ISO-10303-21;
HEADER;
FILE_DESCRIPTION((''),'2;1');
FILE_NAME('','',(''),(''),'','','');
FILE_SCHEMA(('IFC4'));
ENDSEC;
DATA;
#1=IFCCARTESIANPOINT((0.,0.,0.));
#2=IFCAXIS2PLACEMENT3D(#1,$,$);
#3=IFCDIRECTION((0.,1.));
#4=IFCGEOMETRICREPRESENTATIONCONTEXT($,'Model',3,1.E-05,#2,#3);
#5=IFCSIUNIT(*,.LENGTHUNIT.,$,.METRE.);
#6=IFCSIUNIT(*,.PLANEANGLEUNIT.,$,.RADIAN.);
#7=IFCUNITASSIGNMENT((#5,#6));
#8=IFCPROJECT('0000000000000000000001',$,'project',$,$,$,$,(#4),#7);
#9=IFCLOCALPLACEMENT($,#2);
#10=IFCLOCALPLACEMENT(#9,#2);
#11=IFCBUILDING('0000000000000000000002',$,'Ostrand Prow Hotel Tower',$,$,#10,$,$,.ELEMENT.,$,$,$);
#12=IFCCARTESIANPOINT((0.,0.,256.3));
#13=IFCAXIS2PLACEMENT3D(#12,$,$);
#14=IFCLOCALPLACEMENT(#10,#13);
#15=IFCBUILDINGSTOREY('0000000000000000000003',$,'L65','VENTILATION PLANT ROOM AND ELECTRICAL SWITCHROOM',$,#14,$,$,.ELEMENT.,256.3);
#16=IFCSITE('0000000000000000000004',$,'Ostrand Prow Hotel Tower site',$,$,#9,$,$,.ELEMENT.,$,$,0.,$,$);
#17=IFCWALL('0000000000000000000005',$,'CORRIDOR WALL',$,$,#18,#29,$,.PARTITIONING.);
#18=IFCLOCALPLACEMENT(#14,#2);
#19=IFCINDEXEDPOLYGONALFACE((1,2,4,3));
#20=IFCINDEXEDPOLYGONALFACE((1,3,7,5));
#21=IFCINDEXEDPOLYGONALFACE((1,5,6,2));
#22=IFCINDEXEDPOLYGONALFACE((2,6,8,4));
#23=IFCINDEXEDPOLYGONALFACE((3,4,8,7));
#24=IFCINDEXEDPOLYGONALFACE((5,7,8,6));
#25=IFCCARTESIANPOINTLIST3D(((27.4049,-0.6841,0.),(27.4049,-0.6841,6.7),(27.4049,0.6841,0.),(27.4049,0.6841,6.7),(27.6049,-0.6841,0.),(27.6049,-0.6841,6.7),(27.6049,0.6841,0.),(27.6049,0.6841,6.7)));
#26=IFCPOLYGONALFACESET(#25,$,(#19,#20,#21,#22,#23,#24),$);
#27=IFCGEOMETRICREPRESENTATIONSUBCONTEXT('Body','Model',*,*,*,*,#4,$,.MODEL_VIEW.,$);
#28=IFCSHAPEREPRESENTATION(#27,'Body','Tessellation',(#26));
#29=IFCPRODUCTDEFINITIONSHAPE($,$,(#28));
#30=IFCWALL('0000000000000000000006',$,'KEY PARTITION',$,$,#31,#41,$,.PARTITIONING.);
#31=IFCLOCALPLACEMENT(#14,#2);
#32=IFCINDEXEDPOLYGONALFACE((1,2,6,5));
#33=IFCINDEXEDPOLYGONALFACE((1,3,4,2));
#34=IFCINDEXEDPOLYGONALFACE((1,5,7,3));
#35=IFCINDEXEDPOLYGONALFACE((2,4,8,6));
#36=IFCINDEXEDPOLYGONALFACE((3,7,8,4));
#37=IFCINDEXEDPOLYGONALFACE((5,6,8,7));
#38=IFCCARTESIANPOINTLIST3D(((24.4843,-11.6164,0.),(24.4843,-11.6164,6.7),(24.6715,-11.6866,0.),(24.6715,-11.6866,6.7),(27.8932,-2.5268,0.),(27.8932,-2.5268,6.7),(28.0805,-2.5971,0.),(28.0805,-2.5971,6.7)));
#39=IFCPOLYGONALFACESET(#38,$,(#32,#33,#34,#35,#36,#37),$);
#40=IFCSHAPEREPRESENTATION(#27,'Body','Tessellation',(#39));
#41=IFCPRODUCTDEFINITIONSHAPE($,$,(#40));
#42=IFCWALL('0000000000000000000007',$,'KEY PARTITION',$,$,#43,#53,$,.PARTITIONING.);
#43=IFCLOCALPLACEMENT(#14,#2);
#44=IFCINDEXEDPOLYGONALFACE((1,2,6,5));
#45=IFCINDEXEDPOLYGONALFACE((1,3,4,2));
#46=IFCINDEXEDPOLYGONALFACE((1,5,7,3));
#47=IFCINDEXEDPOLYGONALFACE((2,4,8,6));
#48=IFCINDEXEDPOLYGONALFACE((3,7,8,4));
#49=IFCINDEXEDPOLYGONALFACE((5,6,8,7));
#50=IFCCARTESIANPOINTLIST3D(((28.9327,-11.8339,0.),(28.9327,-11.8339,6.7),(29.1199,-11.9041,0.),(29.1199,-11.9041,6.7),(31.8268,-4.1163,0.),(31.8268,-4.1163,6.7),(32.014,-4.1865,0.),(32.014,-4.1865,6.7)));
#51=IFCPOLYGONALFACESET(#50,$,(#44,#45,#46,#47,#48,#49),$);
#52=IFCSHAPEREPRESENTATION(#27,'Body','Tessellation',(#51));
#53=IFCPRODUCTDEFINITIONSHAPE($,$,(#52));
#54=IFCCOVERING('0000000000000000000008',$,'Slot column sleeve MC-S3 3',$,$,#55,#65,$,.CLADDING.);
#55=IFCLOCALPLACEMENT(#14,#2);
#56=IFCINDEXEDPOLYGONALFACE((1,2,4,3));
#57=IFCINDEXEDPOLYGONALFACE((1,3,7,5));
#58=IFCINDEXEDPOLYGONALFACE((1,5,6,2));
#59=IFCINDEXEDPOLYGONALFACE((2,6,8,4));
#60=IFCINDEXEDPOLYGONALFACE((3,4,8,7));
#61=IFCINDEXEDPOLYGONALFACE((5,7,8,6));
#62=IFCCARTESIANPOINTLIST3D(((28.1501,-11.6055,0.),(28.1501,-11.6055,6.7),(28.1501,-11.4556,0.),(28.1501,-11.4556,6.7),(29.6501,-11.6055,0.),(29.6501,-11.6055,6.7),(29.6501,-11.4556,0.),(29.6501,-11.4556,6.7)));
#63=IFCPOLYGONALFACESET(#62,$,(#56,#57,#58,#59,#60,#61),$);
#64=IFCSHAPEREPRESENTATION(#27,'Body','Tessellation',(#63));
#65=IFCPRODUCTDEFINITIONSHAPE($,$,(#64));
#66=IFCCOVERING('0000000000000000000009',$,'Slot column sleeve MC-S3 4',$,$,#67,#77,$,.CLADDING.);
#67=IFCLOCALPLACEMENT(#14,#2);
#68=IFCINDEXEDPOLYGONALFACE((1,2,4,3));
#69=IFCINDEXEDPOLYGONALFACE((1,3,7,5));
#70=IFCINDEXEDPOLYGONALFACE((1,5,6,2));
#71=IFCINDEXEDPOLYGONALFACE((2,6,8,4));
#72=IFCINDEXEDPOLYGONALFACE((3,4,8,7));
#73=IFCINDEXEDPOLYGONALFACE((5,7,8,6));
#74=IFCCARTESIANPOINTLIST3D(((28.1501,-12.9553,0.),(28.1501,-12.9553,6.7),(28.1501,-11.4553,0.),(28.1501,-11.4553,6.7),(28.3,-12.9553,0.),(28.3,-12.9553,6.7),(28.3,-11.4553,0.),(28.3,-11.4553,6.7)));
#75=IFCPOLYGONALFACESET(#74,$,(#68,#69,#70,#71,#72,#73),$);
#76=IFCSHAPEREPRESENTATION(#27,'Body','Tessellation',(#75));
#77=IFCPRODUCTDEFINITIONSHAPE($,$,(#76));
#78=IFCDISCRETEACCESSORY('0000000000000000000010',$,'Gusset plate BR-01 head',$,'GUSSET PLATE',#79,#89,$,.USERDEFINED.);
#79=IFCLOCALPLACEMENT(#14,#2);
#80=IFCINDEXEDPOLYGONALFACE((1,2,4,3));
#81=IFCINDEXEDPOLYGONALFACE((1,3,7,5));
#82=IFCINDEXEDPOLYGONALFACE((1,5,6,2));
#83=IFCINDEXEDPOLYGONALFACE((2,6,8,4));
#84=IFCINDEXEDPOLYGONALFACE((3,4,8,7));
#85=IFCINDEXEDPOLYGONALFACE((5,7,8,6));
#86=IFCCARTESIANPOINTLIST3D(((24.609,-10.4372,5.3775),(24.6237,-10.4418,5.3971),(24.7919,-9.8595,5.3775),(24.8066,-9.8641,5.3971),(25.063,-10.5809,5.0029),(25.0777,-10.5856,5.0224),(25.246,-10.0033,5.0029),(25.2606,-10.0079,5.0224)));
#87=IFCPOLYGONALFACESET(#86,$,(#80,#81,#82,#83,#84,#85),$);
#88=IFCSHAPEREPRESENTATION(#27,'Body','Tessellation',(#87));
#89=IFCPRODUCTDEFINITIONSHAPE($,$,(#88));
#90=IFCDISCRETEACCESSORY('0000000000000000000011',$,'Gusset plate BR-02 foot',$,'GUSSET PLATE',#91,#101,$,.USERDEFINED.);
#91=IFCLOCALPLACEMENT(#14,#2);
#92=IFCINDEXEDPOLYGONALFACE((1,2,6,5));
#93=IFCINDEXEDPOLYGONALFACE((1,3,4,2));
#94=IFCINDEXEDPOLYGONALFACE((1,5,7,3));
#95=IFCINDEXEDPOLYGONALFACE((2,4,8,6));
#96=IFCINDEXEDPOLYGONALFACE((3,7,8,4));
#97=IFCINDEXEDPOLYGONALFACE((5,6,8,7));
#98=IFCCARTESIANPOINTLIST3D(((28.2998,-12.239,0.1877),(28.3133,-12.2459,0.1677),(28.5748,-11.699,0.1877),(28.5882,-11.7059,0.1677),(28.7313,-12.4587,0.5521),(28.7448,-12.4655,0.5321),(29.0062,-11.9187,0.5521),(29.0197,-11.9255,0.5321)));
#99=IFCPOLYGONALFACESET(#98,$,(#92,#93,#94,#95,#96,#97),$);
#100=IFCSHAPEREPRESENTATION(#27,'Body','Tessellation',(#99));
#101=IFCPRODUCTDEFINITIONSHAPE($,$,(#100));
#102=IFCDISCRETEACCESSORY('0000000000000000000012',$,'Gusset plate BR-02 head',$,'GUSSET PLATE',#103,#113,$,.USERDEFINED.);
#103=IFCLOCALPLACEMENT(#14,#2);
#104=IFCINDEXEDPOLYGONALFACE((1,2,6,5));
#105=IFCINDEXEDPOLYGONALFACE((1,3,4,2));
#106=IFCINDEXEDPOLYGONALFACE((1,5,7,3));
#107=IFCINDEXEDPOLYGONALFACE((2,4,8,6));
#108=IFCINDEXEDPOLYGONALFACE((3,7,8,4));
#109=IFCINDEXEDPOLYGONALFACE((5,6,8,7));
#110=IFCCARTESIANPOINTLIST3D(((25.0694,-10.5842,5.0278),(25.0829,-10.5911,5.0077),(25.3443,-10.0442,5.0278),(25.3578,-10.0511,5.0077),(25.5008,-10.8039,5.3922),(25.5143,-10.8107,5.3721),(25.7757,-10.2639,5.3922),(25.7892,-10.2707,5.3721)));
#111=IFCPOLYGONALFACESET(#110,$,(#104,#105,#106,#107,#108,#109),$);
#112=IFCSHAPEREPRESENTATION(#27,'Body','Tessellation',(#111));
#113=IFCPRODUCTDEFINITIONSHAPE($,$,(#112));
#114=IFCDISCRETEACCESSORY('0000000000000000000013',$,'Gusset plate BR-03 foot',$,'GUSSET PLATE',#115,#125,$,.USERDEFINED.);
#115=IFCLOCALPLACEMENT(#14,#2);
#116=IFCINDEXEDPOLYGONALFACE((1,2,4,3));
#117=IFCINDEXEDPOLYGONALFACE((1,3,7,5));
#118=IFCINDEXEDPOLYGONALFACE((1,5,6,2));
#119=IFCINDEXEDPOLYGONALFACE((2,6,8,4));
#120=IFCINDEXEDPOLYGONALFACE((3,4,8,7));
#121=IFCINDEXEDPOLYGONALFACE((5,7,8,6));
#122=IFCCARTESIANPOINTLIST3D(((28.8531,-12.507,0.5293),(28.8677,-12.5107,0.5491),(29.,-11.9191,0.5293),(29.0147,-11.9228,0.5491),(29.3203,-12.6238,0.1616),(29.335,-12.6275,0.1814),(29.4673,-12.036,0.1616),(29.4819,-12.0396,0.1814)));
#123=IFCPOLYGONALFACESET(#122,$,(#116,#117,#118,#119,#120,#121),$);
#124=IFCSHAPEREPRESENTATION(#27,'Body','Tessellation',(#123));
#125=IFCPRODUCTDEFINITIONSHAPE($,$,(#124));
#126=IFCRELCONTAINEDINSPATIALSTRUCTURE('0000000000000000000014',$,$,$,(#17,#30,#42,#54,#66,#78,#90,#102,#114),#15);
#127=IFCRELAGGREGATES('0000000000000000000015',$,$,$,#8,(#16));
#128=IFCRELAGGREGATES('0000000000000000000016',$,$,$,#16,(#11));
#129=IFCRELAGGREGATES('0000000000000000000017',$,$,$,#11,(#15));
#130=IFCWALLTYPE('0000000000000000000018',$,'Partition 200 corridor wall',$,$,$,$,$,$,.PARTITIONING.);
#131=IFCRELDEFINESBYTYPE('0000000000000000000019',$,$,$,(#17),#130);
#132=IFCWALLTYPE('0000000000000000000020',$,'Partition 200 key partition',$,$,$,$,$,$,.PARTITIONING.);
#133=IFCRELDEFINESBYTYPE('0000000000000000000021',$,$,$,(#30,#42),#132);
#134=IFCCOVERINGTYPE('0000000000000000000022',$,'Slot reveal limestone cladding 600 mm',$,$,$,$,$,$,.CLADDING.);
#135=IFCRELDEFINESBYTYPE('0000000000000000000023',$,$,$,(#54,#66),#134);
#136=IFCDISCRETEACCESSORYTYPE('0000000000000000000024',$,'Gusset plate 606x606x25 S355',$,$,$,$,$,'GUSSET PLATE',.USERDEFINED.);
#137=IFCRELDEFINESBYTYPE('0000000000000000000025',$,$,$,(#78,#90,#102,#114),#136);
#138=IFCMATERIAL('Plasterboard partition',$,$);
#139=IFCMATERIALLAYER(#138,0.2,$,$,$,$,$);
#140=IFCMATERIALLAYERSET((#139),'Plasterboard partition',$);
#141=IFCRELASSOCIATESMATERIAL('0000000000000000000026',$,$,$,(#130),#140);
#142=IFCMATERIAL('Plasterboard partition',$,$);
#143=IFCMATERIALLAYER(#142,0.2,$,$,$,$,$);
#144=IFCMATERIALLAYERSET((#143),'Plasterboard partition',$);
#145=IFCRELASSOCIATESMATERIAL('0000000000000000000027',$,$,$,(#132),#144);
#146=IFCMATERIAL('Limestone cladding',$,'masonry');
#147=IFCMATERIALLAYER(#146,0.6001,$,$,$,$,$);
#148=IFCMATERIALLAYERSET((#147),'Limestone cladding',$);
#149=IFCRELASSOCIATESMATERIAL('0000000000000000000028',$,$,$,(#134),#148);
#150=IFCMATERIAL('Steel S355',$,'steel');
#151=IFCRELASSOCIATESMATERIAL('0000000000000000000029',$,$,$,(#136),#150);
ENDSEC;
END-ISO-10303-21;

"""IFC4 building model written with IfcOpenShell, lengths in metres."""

from ifc_helpers import new_model, si_unit, direction, frame, frame_2d, origin, origin_2d, place, context, subcontext, project, spatial, rectangle, extrude, material, layer, layer_set, material_profile, profile_set, type_object, element, save


model = new_model("IFC4")

# Units and contexts
model_context = context("Model", 3, precision=1e-05, world=origin(), true_north=direction((0.0, 1.0)))
body_context = subcontext(model_context, "Body", "Model", "MODEL_VIEW")
ifc_project = project(units=[si_unit("LENGTHUNIT", "METRE"), si_unit("PLANEANGLEUNIT", "RADIAN")], contexts=[model_context])

# Site, building, storey
site_placement = place(None, origin())
site = spatial("IfcSite", under=ifc_project, at=site_placement, Name="Ostrand Prow Hotel Tower site", CompositionType="ELEMENT", RefElevation=0.0)
building_placement = place(site_placement, origin())
building = spatial("IfcBuilding", under=site, at=building_placement, Name="Ostrand Prow Hotel Tower", CompositionType="ELEMENT")
storey_placement = place(building_placement, frame((0.0, 0.0, 256.3)))
storey = spatial("IfcBuildingStorey", under=building, at=storey_placement, Name="L65", Description="VENTILATION PLANT ROOM AND ELECTRICAL SWITCHROOM", CompositionType="ELEMENT", Elevation=256.3)

# Shared definitions
ifc_material_1 = material(Name="Plasterboard partition")
ifc_layer_1 = layer(ifc_material_1, 0.2)
ifc_layer_set_1 = layer_set([ifc_layer_1], Name="Plasterboard partition")
wall_type_1 = type_object("IfcWallType", Name="Partition 200 corridor wall", PredefinedType="PARTITIONING", material=ifc_layer_set_1)

# Walls
wall_1_placement = place(storey_placement, frame((27.5049, -0.6841, 0.0), z_axis=(0.0, 0.0, 1.0), x_axis=(0.0, 1.0, 0.0)))
element("IfcWall", 1, at=wall_1_placement, inside=storey, type_object=wall_type_1, Name="CORRIDOR WALL", PredefinedType="PARTITIONING", context=body_context, shape_type="SweptSolid", body=[
    extrude(rectangle(XDim=1.3682, YDim=0.2, at=frame_2d((0.6841, 0.0))), origin(), (0.0, 0.0, 1.0), 6.7),
])
ifc_material_2 = material(Name="Plasterboard partition")
ifc_layer_2 = layer(ifc_material_2, 0.2)
ifc_layer_set_2 = layer_set([ifc_layer_2], Name="Plasterboard partition")
wall_type_2 = type_object("IfcWallType", Name="Partition 200 key partition", PredefinedType="PARTITIONING", material=ifc_layer_set_2)
wall_2_placement = place(storey_placement, frame((24.5779, -11.6516, 0.0), z_axis=(0.0, 0.0, 1.0), x_axis=(0.351154, 0.936318, 0.0)))
element("IfcWall", 2, at=wall_2_placement, inside=storey, type_object=wall_type_2, Name="KEY PARTITION", PredefinedType="PARTITIONING", context=body_context, shape_type="SweptSolid", body=[
    extrude(rectangle(XDim=9.7078, YDim=0.2, at=frame_2d((4.854, 0.0))), origin(), (0.0, 0.0, 1.0), 6.7),
])
wall_3_placement = place(storey_placement, frame((29.0264, -11.8689, 0.0), z_axis=(0.0, 0.0, 1.0), x_axis=(0.35112, 0.93633, 0.0)))
element("IfcWall", 3, at=wall_3_placement, inside=storey, type_object=wall_type_2, Name="KEY PARTITION", PredefinedType="PARTITIONING", context=body_context, shape_type="SweptSolid", body=[
    extrude(rectangle(XDim=8.2424, YDim=0.2, at=frame_2d((4.1211, 0.0))), origin(), (0.0, 0.0, 1.0), 6.7),
])

# Coverings
ifc_material_3 = material(Name="Limestone cladding", Category="masonry")
ifc_layer_3 = layer(ifc_material_3, 0.6001)
ifc_layer_set_3 = layer_set([ifc_layer_3], Name="Limestone cladding")
covering_type = type_object("IfcCoveringType", Name="Slot reveal limestone cladding 600 mm", PredefinedType="CLADDING", material=ifc_layer_set_3)
for number, where, z_axis, x_axis, name in (
    (4, (29.6501, -11.5305, 0.0), (0.0, 0.0, 1.0), (-1.0, 0.0, 0.0), "Slot column sleeve MC-S3 3"),
    (5, (28.2251, -11.4553, 0.0), (0.0, 0.0, 1.0), (0.0, -1.0, 0.0), "Slot column sleeve MC-S3 4"),
):
    element("IfcCovering", number, at=place(storey_placement, frame(where, z_axis=z_axis, x_axis=x_axis)), inside=storey, type_object=covering_type, Name=name, PredefinedType="CLADDING", context=body_context, shape_type="SweptSolid", body=[
        extrude(rectangle(XDim=1.5, YDim=0.1499, at=frame_2d((0.75, 0.0))), origin(), (0.0, 0.0, 1.0), 6.7),
    ])

# Discrete accessories
ifc_material_4 = material(Name="Steel S355", Category="steel")
ifc_material_profile_1 = material_profile(ifc_material_4, rectangle(XDim=0.606, YDim=0.606, at=origin_2d()), Name="PL 606x606x25")
ifc_profile_set_1 = profile_set([ifc_material_profile_1], Name="Steel S355")
discrete_accessory_type = type_object("IfcDiscreteAccessoryType", Name="Gusset plate 606x606x25 S355", ElementType="GUSSET PLATE", PredefinedType="USERDEFINED", material=ifc_profile_set_1)
discrete_accessory_1_placement = place(storey_placement, frame((24.9275, -10.2202, 5.1902), z_axis=(0.589455, -0.186661, 0.78594), x_axis=(0.301892, 0.953342, 0.0)))
element("IfcDiscreteAccessory", 6, at=discrete_accessory_1_placement, inside=storey, type_object=discrete_accessory_type, Name="Gusset plate BR-01 head", ObjectType="GUSSET PLATE", PredefinedType="USERDEFINED", context=body_context, shape_type="SweptSolid", body=[
    extrude(rectangle(XDim=0.606, YDim=0.606, at=origin_2d()), origin(), (0.0, 0.0, 1.0), 0.0249),
])
for number, where, z_axis, x_axis, name in (
    (7, (28.6665, -12.0857, 0.3499), (-0.535904, 0.272824, 0.798983), (-0.453683, -0.891163, 0.0), "Gusset plate BR-02 foot"),
    (8, (25.436, -10.4309, 5.1899), (-0.535904, 0.272824, 0.798983), (-0.453683, -0.891163, 0.0), "Gusset plate BR-02 head"),
):
    element("IfcDiscreteAccessory", number, at=place(storey_placement, frame(where, z_axis=z_axis, x_axis=x_axis)), inside=storey, type_object=discrete_accessory_type, Name=name, ObjectType="GUSSET PLATE", PredefinedType="USERDEFINED", context=body_context, shape_type="SweptSolid", body=[
        extrude(rectangle(XDim=0.606, YDim=0.606, at=origin_2d()), origin(), (0.0, 0.0, 1.0), 0.0251),
    ])
discrete_accessory_2_placement = place(storey_placement, frame((29.1602, -12.2715, 0.3455), z_axis=(0.588745, -0.147186, 0.794805), x_axis=(0.242536, 0.970143, 0.0)))
element("IfcDiscreteAccessory", 9, at=discrete_accessory_2_placement, inside=storey, type_object=discrete_accessory_type, Name="Gusset plate BR-03 foot", ObjectType="GUSSET PLATE", PredefinedType="USERDEFINED", context=body_context, shape_type="SweptSolid", body=[
    extrude(rectangle(XDim=0.606, YDim=0.606, at=origin_2d()), origin(), (0.0, 0.0, 1.0), 0.0249),
])

save(model, "model.ifc")
